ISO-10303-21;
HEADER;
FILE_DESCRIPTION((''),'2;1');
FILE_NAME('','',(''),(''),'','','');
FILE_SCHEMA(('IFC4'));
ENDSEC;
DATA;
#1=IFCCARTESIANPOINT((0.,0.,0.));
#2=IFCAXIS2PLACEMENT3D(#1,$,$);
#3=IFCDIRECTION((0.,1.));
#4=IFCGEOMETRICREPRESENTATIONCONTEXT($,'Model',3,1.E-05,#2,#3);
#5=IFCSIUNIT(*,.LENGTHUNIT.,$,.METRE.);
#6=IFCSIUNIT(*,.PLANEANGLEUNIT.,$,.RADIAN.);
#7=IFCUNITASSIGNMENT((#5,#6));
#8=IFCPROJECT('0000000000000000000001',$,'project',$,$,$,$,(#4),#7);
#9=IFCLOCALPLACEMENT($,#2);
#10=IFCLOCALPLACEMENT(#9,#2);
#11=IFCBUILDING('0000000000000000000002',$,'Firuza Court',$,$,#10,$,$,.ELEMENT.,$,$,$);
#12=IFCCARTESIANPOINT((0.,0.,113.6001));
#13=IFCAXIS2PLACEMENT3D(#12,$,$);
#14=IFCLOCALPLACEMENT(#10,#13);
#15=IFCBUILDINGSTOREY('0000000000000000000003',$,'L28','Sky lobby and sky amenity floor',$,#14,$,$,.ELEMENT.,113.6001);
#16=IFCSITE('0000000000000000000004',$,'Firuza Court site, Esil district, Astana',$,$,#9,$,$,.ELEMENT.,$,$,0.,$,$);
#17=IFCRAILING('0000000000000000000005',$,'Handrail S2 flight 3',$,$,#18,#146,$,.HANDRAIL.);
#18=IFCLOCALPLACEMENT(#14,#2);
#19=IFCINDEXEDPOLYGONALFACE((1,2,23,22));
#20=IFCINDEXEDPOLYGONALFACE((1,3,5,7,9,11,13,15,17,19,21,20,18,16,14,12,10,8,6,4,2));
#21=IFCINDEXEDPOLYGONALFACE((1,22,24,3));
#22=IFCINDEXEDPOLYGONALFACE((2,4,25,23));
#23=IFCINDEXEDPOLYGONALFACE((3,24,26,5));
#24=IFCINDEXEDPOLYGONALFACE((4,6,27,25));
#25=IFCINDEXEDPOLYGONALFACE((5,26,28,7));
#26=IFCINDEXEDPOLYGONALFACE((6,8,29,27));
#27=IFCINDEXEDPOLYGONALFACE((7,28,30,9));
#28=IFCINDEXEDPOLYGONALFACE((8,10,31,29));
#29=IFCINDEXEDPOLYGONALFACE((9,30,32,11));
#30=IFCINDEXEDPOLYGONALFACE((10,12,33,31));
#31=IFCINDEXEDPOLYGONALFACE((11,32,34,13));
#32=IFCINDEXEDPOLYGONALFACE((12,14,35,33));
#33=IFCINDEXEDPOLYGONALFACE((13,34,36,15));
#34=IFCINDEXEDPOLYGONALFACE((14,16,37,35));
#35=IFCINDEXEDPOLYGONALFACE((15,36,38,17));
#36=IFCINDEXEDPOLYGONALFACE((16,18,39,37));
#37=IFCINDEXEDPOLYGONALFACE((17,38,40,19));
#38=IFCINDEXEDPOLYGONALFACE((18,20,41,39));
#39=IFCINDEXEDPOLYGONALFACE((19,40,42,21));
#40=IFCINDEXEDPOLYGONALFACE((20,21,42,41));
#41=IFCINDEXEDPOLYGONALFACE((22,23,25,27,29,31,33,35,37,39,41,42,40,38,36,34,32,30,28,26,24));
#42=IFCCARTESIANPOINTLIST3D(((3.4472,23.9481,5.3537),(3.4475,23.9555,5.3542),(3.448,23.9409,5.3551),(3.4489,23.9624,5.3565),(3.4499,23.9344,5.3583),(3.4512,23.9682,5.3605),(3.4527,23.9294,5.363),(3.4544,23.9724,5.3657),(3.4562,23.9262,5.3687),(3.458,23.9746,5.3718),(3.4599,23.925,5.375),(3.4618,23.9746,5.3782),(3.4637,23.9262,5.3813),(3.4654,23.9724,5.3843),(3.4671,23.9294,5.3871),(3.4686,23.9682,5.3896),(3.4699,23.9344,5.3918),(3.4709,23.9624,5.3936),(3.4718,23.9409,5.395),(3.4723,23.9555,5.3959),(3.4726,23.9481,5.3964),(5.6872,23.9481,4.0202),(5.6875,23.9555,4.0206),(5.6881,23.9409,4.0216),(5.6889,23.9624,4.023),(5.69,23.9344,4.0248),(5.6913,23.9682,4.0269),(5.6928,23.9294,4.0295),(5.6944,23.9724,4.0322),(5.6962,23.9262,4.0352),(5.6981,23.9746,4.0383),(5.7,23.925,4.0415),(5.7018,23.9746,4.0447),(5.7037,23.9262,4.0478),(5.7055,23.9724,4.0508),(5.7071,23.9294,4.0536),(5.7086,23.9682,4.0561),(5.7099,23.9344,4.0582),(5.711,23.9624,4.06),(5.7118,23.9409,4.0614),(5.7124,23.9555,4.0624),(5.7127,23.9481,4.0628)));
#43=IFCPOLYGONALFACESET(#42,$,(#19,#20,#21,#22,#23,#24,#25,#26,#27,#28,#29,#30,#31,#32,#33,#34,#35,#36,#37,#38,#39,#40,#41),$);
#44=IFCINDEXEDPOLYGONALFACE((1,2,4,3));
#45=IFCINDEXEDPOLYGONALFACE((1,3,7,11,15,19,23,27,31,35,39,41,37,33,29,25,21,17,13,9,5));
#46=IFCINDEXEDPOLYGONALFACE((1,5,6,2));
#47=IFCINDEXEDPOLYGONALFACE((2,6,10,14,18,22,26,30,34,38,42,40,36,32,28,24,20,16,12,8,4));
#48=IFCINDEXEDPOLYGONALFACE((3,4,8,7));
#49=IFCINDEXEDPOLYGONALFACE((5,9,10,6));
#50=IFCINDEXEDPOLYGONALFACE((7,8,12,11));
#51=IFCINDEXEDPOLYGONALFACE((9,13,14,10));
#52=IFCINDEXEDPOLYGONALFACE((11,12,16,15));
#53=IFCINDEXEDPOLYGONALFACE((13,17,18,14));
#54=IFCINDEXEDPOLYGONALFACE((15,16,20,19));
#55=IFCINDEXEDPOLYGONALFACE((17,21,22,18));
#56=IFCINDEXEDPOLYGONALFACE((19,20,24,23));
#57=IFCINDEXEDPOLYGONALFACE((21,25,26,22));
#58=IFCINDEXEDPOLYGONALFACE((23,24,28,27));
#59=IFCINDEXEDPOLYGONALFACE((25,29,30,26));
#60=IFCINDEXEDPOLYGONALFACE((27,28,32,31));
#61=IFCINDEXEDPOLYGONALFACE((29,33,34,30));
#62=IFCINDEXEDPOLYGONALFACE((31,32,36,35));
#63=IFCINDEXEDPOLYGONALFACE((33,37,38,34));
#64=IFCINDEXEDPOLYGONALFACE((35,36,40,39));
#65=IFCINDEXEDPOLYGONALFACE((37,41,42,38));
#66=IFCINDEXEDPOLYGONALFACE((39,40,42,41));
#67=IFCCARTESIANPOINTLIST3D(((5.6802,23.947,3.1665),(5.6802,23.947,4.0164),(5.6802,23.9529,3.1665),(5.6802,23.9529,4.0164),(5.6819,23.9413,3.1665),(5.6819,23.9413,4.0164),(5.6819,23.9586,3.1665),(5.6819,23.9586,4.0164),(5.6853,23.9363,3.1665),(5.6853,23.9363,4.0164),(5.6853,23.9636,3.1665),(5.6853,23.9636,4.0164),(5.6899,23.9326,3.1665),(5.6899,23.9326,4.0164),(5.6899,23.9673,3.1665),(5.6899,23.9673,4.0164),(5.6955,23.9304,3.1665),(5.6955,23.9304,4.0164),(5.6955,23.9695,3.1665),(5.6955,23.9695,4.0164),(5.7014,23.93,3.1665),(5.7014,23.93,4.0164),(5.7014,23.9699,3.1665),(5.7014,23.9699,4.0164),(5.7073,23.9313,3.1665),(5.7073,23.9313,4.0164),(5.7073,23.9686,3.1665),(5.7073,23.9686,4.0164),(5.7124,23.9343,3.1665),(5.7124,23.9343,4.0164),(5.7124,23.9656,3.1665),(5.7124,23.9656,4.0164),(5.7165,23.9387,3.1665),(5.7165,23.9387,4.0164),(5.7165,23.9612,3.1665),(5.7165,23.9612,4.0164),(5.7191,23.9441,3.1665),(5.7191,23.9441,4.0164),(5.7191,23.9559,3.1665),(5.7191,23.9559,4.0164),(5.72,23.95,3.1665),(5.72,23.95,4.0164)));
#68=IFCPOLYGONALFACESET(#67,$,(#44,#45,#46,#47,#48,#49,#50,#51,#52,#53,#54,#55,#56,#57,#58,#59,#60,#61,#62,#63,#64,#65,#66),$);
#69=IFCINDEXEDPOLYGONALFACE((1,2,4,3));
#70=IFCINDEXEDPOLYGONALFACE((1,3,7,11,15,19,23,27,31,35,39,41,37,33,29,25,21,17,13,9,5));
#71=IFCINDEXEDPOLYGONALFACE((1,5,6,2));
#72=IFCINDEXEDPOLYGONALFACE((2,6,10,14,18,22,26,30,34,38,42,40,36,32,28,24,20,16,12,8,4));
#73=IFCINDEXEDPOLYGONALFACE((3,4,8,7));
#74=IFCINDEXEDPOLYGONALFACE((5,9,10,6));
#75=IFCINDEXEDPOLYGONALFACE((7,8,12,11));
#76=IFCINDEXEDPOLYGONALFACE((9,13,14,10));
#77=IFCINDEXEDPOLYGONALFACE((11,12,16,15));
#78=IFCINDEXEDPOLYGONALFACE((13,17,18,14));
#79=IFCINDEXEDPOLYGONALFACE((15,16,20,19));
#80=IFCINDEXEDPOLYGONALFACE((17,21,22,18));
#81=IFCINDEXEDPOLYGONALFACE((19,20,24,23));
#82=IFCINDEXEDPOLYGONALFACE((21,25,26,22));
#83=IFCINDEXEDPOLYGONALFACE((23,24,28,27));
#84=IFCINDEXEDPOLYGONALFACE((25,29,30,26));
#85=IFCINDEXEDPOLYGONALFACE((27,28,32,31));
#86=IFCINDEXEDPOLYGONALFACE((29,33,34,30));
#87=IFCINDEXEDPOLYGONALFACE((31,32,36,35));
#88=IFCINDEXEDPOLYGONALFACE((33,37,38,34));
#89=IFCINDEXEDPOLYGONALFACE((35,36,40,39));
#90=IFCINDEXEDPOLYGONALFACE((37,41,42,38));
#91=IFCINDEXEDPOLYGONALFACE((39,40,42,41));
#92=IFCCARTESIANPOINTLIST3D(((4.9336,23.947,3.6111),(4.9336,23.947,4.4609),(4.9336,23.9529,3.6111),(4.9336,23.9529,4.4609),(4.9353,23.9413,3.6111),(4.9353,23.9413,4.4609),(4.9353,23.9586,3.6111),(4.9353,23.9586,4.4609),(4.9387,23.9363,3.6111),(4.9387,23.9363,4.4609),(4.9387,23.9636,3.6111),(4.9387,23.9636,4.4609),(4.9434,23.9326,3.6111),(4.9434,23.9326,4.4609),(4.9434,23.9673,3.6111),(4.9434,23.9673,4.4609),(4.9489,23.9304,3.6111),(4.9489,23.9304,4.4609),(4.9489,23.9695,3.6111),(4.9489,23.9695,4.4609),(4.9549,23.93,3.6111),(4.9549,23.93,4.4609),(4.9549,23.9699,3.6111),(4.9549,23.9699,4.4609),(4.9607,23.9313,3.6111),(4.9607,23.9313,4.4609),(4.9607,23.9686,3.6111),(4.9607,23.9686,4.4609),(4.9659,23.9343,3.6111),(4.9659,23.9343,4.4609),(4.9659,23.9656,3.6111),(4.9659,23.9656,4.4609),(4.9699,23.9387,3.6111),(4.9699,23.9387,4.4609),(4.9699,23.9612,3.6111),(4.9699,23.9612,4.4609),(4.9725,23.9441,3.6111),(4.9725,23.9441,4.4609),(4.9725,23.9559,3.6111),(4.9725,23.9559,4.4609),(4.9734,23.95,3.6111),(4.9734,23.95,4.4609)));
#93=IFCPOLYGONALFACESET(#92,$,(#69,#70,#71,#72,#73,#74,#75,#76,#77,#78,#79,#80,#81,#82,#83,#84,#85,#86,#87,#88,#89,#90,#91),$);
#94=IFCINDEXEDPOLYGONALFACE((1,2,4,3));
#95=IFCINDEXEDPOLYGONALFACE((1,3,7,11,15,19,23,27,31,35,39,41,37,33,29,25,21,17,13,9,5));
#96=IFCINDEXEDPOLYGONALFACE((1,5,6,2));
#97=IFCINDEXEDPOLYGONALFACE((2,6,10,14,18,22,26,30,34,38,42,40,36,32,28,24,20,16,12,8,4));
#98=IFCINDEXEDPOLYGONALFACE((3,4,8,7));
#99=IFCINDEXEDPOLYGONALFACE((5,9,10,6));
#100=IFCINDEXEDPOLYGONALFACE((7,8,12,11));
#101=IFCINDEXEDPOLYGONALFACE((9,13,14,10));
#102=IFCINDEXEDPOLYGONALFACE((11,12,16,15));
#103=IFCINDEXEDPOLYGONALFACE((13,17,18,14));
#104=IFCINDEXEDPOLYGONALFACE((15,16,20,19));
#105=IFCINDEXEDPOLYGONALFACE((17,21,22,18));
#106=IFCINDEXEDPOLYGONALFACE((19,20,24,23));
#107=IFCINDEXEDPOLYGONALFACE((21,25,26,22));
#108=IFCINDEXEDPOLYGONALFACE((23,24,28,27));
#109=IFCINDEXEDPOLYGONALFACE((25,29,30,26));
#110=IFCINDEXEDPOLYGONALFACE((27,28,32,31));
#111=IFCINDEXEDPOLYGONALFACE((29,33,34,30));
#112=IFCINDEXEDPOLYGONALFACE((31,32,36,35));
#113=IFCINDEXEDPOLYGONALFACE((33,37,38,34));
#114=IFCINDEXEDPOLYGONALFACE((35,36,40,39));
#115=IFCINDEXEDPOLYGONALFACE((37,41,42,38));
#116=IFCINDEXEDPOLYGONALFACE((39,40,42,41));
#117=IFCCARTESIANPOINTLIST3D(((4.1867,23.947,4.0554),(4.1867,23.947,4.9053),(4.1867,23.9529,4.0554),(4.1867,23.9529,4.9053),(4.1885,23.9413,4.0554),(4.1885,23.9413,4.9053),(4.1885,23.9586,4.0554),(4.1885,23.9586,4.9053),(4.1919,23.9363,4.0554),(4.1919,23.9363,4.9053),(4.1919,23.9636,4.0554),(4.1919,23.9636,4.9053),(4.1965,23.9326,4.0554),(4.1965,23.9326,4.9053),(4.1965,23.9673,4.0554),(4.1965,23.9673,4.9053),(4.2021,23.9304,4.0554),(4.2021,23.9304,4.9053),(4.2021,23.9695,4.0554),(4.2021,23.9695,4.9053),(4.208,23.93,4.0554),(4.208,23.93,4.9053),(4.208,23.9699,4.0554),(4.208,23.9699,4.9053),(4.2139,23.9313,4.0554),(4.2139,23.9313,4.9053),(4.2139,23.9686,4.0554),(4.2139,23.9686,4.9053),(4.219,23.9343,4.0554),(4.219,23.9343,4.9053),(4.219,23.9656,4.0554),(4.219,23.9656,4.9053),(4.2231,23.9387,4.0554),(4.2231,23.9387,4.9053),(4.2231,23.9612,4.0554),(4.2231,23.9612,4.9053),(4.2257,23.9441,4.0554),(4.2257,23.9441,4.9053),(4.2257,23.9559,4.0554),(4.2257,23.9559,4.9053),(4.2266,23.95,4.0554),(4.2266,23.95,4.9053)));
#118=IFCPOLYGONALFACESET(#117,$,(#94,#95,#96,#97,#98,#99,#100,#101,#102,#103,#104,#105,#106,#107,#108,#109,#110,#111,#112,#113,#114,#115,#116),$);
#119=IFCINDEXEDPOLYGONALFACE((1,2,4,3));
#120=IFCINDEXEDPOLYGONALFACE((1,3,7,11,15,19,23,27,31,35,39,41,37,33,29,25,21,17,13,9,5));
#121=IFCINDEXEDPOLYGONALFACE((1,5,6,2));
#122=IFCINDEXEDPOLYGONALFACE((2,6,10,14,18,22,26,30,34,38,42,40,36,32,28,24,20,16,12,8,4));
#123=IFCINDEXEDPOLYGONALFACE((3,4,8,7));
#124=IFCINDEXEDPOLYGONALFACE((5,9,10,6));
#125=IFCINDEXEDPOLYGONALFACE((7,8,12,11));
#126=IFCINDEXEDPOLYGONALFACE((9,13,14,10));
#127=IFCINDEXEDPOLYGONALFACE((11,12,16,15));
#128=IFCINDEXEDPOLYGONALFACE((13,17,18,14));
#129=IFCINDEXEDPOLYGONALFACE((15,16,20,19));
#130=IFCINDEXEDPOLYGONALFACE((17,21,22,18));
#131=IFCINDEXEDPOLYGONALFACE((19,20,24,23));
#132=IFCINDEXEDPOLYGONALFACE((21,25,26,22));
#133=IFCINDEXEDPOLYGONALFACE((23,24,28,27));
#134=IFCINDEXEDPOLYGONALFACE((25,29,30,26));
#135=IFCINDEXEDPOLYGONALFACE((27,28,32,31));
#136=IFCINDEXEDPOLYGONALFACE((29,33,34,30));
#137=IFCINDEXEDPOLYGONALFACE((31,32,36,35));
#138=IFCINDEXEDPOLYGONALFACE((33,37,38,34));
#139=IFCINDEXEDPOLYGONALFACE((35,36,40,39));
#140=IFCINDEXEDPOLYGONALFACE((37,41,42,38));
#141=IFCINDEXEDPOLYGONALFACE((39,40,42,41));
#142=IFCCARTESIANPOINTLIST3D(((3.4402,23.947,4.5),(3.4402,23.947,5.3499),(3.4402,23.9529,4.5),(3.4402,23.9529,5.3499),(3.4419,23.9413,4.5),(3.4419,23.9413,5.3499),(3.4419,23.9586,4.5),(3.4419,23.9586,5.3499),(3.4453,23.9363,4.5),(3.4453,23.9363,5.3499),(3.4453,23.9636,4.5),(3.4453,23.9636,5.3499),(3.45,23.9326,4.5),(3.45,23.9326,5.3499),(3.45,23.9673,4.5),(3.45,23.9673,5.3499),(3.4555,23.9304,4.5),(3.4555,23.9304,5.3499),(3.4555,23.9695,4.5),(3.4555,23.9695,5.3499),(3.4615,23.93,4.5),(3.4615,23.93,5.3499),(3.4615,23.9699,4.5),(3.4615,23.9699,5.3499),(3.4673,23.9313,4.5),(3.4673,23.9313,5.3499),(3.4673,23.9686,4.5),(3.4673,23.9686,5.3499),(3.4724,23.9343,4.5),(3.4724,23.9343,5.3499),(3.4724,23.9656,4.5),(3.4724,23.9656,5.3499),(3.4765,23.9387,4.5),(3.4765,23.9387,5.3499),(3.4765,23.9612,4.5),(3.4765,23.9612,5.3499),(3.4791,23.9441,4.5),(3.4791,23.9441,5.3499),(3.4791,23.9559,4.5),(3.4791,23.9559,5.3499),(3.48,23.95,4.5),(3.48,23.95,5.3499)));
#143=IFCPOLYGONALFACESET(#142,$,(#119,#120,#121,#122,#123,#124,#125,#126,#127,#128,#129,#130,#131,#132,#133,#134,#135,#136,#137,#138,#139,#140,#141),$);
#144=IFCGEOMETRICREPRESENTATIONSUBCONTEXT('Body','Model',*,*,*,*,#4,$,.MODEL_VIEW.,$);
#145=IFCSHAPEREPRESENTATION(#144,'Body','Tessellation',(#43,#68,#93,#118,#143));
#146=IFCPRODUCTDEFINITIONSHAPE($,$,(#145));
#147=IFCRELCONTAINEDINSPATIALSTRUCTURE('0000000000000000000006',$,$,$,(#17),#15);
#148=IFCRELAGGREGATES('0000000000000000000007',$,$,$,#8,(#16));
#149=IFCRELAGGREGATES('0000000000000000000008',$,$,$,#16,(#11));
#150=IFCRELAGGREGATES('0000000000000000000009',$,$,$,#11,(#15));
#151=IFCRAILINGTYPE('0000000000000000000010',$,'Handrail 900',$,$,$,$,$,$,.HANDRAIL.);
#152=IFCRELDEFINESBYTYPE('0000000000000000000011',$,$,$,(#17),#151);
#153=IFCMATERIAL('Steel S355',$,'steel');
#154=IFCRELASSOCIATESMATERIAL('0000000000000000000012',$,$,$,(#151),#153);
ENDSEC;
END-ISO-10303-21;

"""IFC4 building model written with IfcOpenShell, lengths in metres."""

from ifc_helpers import new_model, si_unit, direction, frame, origin, origin_2d, place, context, subcontext, project, spatial, circle, extrude, material, type_object, element, save


model = new_model("IFC4")

# Units and contexts
model_context = context("Model", 3, precision=1e-05, world=origin(), true_north=direction((0.0, 1.0)))
body_context = subcontext(model_context, "Body", "Model", "MODEL_VIEW")
ifc_project = project(units=[si_unit("LENGTHUNIT", "METRE"), si_unit("PLANEANGLEUNIT", "RADIAN")], contexts=[model_context])

# Site, building, storey
site_placement = place(None, origin())
site = spatial("IfcSite", under=ifc_project, at=site_placement, Name="Firuza Court site, Esil district, Astana", CompositionType="ELEMENT", RefElevation=0.0)
building_placement = place(site_placement, origin())
building = spatial("IfcBuilding", under=site, at=building_placement, Name="Firuza Court", CompositionType="ELEMENT")
storey_placement = place(building_placement, frame((0.0, 0.0, 113.6001)))
storey = spatial("IfcBuildingStorey", under=building, at=storey_placement, Name="L28", Description="Sky lobby and sky amenity floor", CompositionType="ELEMENT", Elevation=113.6001)

# Railing
ifc_material_1 = material(Name="Steel S355", Category="steel")
railing_type_1 = type_object("IfcRailingType", Name="Handrail 900", PredefinedType="HANDRAIL", material=ifc_material_1)
railing_1_placement = place(storey_placement, frame((5.7, 23.95, 3.1665)))
element("IfcRailing", 1, at=railing_1_placement, inside=storey, type_object=railing_type_1, Name="Handrail S2 flight 3", PredefinedType="HANDRAIL", context=body_context, shape_type="SweptSolid", body=[
    extrude(circle(Radius=0.0249, at=origin_2d()), frame((0.0, 0.0, 0.875), z_axis=(-0.859264, 0.0, 0.511532), x_axis=(0.0, -1.0, 0.0)), (0.0, 0.0, 1.0), 2.6069),
    extrude(circle(Radius=0.02, at=origin_2d()), origin(), (0.0, 0.0, 1.0), 0.8499),
    extrude(circle(Radius=0.02, at=origin_2d()), frame((-0.7466, 0.0, 0.4446)), (0.0, 0.0, 1.0), 0.8499),
    extrude(circle(Radius=0.02, at=origin_2d()), frame((-1.4934, 0.0, 0.8889)), (0.0, 0.0, 1.0), 0.8499),
    extrude(circle(Radius=0.02, at=origin_2d()), frame((-2.24, 0.0, 1.3335)), (0.0, 0.0, 1.0), 0.8499),
])

save(model, "model.ifc")
